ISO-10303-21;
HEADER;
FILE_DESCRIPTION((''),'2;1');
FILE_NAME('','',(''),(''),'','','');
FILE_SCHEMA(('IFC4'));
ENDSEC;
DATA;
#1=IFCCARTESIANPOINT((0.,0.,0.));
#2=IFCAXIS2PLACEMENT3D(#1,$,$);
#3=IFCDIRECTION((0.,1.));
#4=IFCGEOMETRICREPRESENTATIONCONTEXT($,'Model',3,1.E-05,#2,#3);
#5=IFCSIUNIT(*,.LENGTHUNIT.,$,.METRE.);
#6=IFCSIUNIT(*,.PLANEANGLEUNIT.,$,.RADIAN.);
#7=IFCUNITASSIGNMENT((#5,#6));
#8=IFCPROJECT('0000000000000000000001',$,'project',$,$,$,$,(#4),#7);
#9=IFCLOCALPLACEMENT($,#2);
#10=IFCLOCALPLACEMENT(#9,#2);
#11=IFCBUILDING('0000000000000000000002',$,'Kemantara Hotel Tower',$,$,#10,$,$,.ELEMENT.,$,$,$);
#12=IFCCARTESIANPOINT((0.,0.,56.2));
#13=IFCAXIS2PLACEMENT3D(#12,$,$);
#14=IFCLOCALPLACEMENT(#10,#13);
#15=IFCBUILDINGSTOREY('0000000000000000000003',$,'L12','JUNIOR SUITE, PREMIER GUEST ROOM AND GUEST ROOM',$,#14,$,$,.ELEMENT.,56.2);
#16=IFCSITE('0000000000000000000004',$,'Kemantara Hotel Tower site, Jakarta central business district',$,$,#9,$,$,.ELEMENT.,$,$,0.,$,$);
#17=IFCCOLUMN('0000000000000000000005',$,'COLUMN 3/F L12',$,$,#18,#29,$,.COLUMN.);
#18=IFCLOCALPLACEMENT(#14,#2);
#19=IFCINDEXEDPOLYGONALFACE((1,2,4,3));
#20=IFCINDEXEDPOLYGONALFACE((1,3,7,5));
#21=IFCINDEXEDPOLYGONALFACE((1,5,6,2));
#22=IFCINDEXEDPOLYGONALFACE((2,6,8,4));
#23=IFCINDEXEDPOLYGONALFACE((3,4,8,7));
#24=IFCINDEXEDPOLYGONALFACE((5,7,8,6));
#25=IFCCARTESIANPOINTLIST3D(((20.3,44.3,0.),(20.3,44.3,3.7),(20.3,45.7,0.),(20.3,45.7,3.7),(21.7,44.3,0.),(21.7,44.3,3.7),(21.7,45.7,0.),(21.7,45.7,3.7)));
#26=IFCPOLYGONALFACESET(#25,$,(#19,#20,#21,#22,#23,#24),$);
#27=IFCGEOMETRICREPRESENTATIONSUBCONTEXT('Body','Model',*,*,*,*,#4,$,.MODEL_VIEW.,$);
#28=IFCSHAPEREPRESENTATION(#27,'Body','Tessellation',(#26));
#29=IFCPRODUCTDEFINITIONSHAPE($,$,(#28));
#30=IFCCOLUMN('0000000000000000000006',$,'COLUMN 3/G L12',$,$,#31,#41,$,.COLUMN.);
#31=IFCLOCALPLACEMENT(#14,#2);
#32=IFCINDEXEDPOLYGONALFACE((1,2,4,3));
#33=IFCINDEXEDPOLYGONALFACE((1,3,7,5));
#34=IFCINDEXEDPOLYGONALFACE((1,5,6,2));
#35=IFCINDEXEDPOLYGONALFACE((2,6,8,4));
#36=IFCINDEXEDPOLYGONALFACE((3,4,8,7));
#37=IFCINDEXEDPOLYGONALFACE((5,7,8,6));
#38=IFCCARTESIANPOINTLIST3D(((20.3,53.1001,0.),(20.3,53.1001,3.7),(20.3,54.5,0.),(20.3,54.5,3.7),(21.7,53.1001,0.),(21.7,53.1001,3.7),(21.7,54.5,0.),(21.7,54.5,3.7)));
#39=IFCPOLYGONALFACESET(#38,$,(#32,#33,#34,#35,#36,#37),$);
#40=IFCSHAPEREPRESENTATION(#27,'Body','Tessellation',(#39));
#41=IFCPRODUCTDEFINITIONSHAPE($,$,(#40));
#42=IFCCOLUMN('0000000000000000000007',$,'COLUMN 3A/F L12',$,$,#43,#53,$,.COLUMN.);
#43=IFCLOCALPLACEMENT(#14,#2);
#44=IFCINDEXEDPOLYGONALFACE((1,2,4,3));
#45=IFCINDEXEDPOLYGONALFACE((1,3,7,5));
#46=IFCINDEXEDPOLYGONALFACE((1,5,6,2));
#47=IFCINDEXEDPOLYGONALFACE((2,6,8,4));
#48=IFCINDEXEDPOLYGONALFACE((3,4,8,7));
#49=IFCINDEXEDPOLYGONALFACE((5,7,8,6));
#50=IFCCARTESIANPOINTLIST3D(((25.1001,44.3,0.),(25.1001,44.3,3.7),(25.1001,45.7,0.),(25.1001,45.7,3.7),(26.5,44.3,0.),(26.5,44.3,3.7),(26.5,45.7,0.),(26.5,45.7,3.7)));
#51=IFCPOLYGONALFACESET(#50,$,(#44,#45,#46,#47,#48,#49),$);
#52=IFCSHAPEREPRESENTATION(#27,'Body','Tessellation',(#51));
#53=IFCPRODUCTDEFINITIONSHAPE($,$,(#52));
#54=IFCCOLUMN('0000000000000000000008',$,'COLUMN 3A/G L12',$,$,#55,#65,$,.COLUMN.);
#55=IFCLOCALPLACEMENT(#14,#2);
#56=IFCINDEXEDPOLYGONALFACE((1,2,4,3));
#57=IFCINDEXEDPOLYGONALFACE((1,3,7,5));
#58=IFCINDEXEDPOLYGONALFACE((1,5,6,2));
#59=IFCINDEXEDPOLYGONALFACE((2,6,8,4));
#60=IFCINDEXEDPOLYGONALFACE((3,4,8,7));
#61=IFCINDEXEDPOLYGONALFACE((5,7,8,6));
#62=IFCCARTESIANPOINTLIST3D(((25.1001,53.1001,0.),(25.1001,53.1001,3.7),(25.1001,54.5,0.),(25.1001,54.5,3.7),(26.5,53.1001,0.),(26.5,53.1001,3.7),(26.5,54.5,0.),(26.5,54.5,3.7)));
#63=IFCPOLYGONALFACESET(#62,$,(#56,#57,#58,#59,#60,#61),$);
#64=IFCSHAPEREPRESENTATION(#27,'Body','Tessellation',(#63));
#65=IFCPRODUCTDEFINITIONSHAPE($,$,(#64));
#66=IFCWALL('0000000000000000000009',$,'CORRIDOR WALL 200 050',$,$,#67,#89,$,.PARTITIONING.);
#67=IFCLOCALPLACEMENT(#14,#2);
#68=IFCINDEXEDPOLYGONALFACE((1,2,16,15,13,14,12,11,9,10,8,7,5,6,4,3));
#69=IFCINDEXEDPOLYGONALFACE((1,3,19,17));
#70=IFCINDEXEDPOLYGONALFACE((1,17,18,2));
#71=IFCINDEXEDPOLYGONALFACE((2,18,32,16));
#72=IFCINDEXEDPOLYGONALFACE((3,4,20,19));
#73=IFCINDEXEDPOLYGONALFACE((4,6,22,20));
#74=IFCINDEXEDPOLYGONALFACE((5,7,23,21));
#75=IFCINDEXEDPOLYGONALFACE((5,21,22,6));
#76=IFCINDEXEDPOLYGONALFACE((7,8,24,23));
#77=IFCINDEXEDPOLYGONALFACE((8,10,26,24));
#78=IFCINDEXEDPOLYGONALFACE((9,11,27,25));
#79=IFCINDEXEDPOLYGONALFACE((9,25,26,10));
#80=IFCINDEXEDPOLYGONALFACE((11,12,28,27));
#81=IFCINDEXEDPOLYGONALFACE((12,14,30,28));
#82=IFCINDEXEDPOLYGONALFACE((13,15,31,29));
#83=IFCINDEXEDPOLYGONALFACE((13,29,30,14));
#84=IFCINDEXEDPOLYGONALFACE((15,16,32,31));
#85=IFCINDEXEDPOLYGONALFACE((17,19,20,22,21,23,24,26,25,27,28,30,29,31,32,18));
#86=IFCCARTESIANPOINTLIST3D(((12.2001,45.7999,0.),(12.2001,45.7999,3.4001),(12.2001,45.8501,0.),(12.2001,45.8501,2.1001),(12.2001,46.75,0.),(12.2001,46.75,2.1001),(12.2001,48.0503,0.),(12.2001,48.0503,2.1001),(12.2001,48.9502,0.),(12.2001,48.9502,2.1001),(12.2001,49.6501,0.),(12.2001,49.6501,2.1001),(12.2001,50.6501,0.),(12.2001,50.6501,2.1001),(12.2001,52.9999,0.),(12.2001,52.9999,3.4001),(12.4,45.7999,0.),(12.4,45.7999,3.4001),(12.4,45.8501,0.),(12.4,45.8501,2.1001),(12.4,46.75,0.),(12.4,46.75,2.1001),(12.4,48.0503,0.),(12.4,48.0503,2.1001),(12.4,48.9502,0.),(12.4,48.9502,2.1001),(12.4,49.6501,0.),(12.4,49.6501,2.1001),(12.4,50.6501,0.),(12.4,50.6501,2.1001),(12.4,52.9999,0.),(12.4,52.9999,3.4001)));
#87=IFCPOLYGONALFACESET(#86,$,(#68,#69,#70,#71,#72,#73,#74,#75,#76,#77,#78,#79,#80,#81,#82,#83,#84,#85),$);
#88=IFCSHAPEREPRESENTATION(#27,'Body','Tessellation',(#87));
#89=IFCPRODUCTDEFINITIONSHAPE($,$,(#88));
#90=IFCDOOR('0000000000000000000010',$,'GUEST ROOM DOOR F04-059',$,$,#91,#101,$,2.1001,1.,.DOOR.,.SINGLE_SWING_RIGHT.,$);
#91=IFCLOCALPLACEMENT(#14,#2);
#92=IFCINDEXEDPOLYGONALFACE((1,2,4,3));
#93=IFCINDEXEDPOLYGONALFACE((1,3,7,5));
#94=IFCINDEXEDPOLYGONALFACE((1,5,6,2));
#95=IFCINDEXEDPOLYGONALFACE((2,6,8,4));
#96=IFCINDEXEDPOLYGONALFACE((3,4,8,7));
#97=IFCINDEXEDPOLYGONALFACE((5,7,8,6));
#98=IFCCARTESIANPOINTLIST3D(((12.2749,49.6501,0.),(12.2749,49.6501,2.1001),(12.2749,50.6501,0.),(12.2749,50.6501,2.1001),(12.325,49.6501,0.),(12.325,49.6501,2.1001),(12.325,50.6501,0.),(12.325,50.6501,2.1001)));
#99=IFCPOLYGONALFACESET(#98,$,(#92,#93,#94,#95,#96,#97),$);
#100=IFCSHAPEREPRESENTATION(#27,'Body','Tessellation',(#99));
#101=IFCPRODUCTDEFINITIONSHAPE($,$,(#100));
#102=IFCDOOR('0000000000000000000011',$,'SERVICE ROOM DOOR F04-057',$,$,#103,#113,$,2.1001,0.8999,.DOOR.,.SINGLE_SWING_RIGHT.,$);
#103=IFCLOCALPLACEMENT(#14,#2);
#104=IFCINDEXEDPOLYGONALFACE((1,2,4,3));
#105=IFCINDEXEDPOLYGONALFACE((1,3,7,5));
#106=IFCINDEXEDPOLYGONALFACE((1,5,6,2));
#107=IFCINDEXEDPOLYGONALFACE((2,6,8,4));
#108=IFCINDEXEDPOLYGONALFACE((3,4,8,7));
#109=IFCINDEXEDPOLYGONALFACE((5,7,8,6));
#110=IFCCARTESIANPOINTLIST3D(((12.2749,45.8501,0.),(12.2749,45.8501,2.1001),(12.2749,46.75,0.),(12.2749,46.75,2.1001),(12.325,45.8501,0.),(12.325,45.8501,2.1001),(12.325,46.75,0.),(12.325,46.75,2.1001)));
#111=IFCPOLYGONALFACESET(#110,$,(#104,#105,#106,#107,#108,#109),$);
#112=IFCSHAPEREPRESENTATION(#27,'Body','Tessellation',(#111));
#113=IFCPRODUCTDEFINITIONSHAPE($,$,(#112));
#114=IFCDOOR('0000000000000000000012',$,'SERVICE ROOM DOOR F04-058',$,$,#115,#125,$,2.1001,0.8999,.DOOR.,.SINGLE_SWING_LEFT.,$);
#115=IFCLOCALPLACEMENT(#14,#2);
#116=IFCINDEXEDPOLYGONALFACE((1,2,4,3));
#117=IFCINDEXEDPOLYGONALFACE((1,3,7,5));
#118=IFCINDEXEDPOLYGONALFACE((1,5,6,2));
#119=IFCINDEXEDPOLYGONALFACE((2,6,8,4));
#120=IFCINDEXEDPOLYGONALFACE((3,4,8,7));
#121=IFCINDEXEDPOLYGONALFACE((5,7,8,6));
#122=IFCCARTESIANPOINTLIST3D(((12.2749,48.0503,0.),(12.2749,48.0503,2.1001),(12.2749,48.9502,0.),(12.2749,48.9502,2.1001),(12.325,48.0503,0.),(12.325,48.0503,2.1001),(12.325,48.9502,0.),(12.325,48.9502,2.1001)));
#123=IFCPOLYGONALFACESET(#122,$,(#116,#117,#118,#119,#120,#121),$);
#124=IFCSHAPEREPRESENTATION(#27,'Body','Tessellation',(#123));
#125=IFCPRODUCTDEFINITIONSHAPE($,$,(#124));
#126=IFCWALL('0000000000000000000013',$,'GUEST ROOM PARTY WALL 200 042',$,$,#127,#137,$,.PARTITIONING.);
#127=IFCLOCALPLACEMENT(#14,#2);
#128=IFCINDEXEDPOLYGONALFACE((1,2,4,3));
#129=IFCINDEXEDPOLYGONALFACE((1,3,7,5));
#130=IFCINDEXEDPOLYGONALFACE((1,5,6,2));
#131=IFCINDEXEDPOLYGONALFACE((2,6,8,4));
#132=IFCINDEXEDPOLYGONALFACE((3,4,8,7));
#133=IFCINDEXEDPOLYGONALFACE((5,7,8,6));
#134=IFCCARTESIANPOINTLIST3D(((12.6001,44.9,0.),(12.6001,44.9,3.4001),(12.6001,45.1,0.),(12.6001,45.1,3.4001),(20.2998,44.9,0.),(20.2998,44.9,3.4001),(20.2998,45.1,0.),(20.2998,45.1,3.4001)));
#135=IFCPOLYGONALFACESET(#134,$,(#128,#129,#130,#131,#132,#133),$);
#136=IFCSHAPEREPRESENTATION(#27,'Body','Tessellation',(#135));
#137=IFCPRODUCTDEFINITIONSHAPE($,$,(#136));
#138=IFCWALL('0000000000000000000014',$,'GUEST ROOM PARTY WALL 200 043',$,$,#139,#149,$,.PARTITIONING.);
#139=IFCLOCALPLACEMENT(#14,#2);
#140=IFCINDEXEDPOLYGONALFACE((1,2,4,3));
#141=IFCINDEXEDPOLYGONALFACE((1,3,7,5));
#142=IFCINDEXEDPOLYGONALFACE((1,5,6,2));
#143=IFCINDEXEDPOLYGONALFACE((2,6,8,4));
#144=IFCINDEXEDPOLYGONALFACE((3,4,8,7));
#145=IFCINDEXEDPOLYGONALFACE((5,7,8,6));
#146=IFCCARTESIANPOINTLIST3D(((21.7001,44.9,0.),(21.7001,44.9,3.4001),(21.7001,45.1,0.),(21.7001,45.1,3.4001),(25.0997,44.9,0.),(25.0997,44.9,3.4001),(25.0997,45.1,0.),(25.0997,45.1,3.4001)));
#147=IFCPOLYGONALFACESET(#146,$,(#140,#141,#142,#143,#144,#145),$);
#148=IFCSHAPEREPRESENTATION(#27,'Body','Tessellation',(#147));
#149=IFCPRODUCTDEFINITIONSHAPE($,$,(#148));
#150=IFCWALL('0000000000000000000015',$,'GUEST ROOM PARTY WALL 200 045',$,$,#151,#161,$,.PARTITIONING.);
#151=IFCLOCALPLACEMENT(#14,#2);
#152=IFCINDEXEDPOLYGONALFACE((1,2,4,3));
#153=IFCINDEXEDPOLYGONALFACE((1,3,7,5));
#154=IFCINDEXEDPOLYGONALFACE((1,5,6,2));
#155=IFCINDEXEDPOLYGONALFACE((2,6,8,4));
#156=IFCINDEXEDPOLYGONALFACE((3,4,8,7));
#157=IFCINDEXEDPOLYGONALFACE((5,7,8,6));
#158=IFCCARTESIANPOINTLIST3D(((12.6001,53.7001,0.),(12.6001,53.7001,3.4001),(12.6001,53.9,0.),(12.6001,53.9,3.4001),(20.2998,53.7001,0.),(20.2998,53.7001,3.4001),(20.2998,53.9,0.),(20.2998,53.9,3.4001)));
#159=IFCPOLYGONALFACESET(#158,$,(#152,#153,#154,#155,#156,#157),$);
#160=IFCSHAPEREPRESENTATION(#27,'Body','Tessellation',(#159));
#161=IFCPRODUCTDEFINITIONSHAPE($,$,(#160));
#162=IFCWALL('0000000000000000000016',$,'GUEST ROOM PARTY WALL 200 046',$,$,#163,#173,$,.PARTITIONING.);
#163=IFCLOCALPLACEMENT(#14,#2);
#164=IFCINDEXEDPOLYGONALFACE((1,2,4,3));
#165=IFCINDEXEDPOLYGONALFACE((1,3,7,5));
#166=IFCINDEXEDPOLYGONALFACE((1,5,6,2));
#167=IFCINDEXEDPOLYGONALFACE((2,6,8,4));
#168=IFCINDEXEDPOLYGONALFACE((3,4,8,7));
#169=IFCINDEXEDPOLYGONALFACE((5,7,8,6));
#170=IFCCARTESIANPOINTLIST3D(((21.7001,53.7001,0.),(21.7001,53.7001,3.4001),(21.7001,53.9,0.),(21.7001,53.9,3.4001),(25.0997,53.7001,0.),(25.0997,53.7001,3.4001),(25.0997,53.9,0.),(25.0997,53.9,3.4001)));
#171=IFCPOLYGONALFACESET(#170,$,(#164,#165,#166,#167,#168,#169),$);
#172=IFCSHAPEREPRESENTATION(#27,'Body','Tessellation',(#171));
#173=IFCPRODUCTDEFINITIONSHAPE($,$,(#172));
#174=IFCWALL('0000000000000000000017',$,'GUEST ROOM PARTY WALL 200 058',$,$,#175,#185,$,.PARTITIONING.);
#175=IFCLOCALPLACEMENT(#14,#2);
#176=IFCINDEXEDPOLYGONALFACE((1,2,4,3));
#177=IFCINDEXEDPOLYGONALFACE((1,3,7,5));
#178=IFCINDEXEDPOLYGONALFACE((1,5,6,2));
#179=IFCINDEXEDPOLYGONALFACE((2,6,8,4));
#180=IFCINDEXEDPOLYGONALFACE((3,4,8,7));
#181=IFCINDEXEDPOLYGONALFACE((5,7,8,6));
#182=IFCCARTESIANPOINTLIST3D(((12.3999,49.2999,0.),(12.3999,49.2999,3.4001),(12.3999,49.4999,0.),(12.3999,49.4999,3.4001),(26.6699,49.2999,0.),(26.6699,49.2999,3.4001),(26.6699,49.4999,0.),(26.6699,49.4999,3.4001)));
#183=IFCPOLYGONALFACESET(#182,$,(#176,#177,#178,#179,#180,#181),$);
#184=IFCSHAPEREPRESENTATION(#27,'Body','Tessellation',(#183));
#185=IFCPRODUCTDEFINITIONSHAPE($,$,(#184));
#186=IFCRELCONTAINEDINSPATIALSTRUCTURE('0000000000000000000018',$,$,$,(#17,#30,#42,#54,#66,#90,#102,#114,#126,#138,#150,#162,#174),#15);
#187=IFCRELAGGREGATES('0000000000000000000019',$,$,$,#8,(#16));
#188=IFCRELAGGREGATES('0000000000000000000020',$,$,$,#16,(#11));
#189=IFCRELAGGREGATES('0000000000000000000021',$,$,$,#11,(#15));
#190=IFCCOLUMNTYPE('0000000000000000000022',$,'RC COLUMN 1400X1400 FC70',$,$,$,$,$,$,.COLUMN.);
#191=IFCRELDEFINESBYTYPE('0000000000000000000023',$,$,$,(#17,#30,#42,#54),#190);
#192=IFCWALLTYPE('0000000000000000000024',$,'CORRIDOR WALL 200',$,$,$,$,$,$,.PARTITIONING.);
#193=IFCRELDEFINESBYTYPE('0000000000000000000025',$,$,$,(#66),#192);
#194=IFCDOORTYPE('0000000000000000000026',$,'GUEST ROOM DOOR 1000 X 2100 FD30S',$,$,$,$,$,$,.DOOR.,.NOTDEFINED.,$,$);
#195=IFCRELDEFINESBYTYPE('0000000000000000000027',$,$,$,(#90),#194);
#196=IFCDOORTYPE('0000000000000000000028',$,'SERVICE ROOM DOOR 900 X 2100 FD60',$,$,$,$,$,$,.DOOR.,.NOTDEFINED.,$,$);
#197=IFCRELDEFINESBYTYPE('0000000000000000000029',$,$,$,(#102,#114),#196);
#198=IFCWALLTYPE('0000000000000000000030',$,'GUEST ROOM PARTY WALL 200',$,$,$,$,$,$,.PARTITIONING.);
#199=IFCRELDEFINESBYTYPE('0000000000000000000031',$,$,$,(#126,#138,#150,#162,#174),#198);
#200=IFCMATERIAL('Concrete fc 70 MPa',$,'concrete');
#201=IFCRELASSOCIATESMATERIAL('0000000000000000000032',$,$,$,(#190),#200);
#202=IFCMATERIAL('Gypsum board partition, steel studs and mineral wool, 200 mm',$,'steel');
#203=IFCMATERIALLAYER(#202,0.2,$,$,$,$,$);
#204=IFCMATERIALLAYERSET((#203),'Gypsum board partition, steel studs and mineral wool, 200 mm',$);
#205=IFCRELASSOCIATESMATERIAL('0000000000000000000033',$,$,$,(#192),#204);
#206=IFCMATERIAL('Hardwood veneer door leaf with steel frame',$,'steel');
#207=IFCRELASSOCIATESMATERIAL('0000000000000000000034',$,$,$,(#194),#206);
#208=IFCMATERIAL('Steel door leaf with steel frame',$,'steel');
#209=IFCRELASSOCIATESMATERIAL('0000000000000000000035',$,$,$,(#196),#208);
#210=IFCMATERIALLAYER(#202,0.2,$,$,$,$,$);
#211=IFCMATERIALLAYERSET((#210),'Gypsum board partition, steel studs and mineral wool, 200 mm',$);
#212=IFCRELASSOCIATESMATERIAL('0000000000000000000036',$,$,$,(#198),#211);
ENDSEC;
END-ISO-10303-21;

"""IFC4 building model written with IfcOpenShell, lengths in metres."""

from ifc_helpers import new_model, si_unit, direction, frame, frame_2d, origin, origin_2d, place, context, subcontext, project, spatial, rectangle, extrude, material, layer, layer_set, material_profile, profile_set, type_object, element, fill, save


model = new_model("IFC4")

# Units and contexts
model_context = context("Model", 3, precision=1e-05, world=origin(), true_north=direction((0.0, 1.0)))
body_context = subcontext(model_context, "Body", "Model", "MODEL_VIEW")
ifc_project = project(units=[si_unit("LENGTHUNIT", "METRE"), si_unit("PLANEANGLEUNIT", "RADIAN")], contexts=[model_context])

# Site, building, storey
site_placement = place(None, origin())
site = spatial("IfcSite", under=ifc_project, at=site_placement, Name="Kemantara Hotel Tower site, Jakarta central business district", CompositionType="ELEMENT", RefElevation=0.0)
building_placement = place(site_placement, origin())
building = spatial("IfcBuilding", under=site, at=building_placement, Name="Kemantara Hotel Tower", CompositionType="ELEMENT")
storey_placement = place(building_placement, frame((0.0, 0.0, 56.2)))
storey = spatial("IfcBuildingStorey", under=building, at=storey_placement, Name="L12", Description="JUNIOR SUITE, PREMIER GUEST ROOM AND GUEST ROOM", CompositionType="ELEMENT", Elevation=56.2)

# Columns
ifc_material_1 = material(Name="Concrete fc 70 MPa", Category="concrete")
ifc_material_profile = material_profile(ifc_material_1, rectangle(XDim=1.3999, YDim=1.3999, at=origin_2d()), Name="RC 1400X1400")
ifc_profile_set = profile_set([ifc_material_profile], Name="Concrete fc 70 MPa")
column_type = type_object("IfcColumnType", Name="RC COLUMN 1400X1400 FC70", PredefinedType="COLUMN", material=ifc_profile_set)
for number, where, z_axis, x_axis, name in (
    (1, (21.0, 45.0, 0.0), (0.0, 0.0, 1.0), (1.0, 0.0, 0.0), "COLUMN 3/F L12"),
    (2, (21.0, 53.8, 0.0), (0.0, 0.0, 1.0), (1.0, 0.0, 0.0), "COLUMN 3/G L12"),
    (3, (25.8, 45.0, 0.0), (0.0, 0.0, 1.0), (1.0, 0.0, 0.0), "COLUMN 3A/F L12"),
    (4, (25.8, 53.8, 0.0), (0.0, 0.0, 1.0), (1.0, 0.0, 0.0), "COLUMN 3A/G L12"),
):
    element("IfcColumn", number, at=place(storey_placement, frame(where, z_axis=z_axis, x_axis=x_axis)), inside=storey, type_object=column_type, Name=name, PredefinedType="COLUMN", context=body_context, shape_type="SweptSolid", body=[
        extrude(rectangle(XDim=1.3999, YDim=1.3999, at=origin_2d()), origin(), (0.0, 0.0, 1.0), 3.7),
    ])

# Wall, openings, doors
ifc_material_2 = material(Name="Gypsum board partition, steel studs and mineral wool, 200 mm", Category="steel")
ifc_layer_1 = layer(ifc_material_2, 0.2)
ifc_layer_set_1 = layer_set([ifc_layer_1], Name="Gypsum board partition, steel studs and mineral wool, 200 mm")
wall_type_1 = type_object("IfcWallType", Name="CORRIDOR WALL 200", PredefinedType="PARTITIONING", material=ifc_layer_set_1)
wall_1_placement = place(storey_placement, frame((12.3, 53.0, 0.0), z_axis=(0.0, 0.0, 1.0), x_axis=(0.0, -1.0, 0.0)))
wall_1 = element("IfcWall", 5, at=wall_1_placement, inside=storey, type_object=wall_type_1, Name="CORRIDOR WALL 200 050", PredefinedType="PARTITIONING", context=body_context, shape_type="SweptSolid", body=[
    extrude(rectangle(XDim=7.2, YDim=0.2, at=frame_2d((3.6001, 0.0))), origin(), (0.0, 0.0, 1.0), 3.4001),
])
opening_1_placement = place(wall_1_placement, frame((6.25, 0.0, 0.0)))
opening_1 = element("IfcOpeningElement", 6, at=opening_1_placement, cuts=wall_1, PredefinedType="OPENING", context=body_context, shape_type="SweptSolid", body=[
    extrude(rectangle(XDim=0.8999, YDim=2.1001, at=frame_2d((0.45, 1.05))), frame((0.0, 0.1099, 0.0), z_axis=(0.0, -1.0, 0.0), x_axis=(1.0, 0.0, 0.0)), (0.0, 0.0, 1.0), 0.22),
])
opening_2_placement = place(wall_1_placement, frame((4.0498, 0.0, 0.0)))
opening_2 = element("IfcOpeningElement", 7, at=opening_2_placement, cuts=wall_1, PredefinedType="OPENING", context=body_context, shape_type="SweptSolid", body=[
    extrude(rectangle(XDim=0.8999, YDim=2.1001, at=frame_2d((0.45, 1.05))), frame((0.0, 0.1099, 0.0), z_axis=(0.0, -1.0, 0.0), x_axis=(1.0, 0.0, 0.0)), (0.0, 0.0, 1.0), 0.22),
])
opening_3_placement = place(wall_1_placement, frame((2.3499, 0.0, 0.0)))
opening_3 = element("IfcOpeningElement", 8, at=opening_3_placement, cuts=wall_1, PredefinedType="OPENING", context=body_context, shape_type="SweptSolid", body=[
    extrude(rectangle(XDim=1.0, YDim=2.1001, at=frame_2d((0.5, 1.05))), frame((0.0, 0.1099, 0.0), z_axis=(0.0, -1.0, 0.0), x_axis=(1.0, 0.0, 0.0)), (0.0, 0.0, 1.0), 0.22),
])
ifc_material_3 = material(Name="Hardwood veneer door leaf with steel frame", Category="steel")
door_type_1 = type_object("IfcDoorType", Name="GUEST ROOM DOOR 1000 X 2100 FD30S", OperationType="NOTDEFINED", PredefinedType="DOOR", material=ifc_material_3)
door_1_placement = place(opening_3_placement, origin())
door_1 = element("IfcDoor", 9, at=door_1_placement, inside=storey, type_object=door_type_1, Name="GUEST ROOM DOOR F04-059", OperationType="SINGLE_SWING_RIGHT", OverallHeight=2.1001, OverallWidth=1.0, PredefinedType="DOOR", context=body_context, shape_type="SweptSolid", body=[
    extrude(rectangle(XDim=1.0, YDim=2.1001, at=frame_2d((0.5, 1.05))), frame((0.0, 0.0249, 0.0), z_axis=(0.0, -1.0, 0.0), x_axis=(1.0, 0.0, 0.0)), (0.0, 0.0, 1.0), 0.05),
])
fill(opening_3, door_1)
ifc_material_4 = material(Name="Steel door leaf with steel frame", Category="steel")
door_type_2 = type_object("IfcDoorType", Name="SERVICE ROOM DOOR 900 X 2100 FD60", OperationType="NOTDEFINED", PredefinedType="DOOR", material=ifc_material_4)
door_2_placement = place(opening_1_placement, origin())
door_2 = element("IfcDoor", 10, at=door_2_placement, inside=storey, type_object=door_type_2, Name="SERVICE ROOM DOOR F04-057", OperationType="SINGLE_SWING_RIGHT", OverallHeight=2.1001, OverallWidth=0.8999, PredefinedType="DOOR", context=body_context, shape_type="SweptSolid", body=[
    extrude(rectangle(XDim=0.8999, YDim=2.1001, at=frame_2d((0.45, 1.05))), frame((0.0, 0.0249, 0.0), z_axis=(0.0, -1.0, 0.0), x_axis=(1.0, 0.0, 0.0)), (0.0, 0.0, 1.0), 0.05),
])
fill(opening_1, door_2)
door_3_placement = place(opening_2_placement, origin())
door_3 = element("IfcDoor", 11, at=door_3_placement, inside=storey, type_object=door_type_2, Name="SERVICE ROOM DOOR F04-058", OperationType="SINGLE_SWING_LEFT", OverallHeight=2.1001, OverallWidth=0.8999, PredefinedType="DOOR", context=body_context, shape_type="SweptSolid", body=[
    extrude(rectangle(XDim=0.8999, YDim=2.1001, at=frame_2d((0.45, 1.05))), frame((0.0, 0.0249, 0.0), z_axis=(0.0, -1.0, 0.0), x_axis=(1.0, 0.0, 0.0)), (0.0, 0.0, 1.0), 0.05),
])
fill(opening_2, door_3)

# Walls
ifc_layer_2 = layer(ifc_material_2, 0.2)
ifc_layer_set_2 = layer_set([ifc_layer_2], Name="Gypsum board partition, steel studs and mineral wool, 200 mm")
wall_type_2 = type_object("IfcWallType", Name="GUEST ROOM PARTY WALL 200", PredefinedType="PARTITIONING", material=ifc_layer_set_2)
wall_2_placement = place(storey_placement, frame((12.6001, 45.0, 0.0), z_axis=(0.0, 0.0, 1.0), x_axis=(1.0, 0.0, 0.0)))
element("IfcWall", 12, at=wall_2_placement, inside=storey, type_object=wall_type_2, Name="GUEST ROOM PARTY WALL 200 042", PredefinedType="PARTITIONING", context=body_context, shape_type="SweptSolid", body=[
    extrude(rectangle(XDim=7.6997, YDim=0.2, at=frame_2d((3.8499, 0.0))), origin(), (0.0, 0.0, 1.0), 3.4001),
])
wall_3_placement = place(storey_placement, frame((21.7002, 45.0, 0.0), z_axis=(0.0, 0.0, 1.0), x_axis=(1.0, 0.0, 0.0)))
element("IfcWall", 13, at=wall_3_placement, inside=storey, type_object=wall_type_2, Name="GUEST ROOM PARTY WALL 200 043", PredefinedType="PARTITIONING", context=body_context, shape_type="SweptSolid", body=[
    extrude(rectangle(XDim=3.3997, YDim=0.2, at=frame_2d((1.6997, 0.0))), origin(), (0.0, 0.0, 1.0), 3.4001),
])
wall_4_placement = place(storey_placement, frame((12.6001, 53.8, 0.0), z_axis=(0.0, 0.0, 1.0), x_axis=(1.0, 0.0, 0.0)))
element("IfcWall", 14, at=wall_4_placement, inside=storey, type_object=wall_type_2, Name="GUEST ROOM PARTY WALL 200 045", PredefinedType="PARTITIONING", context=body_context, shape_type="SweptSolid", body=[
    extrude(rectangle(XDim=7.6997, YDim=0.2, at=frame_2d((3.8499, 0.0))), origin(), (0.0, 0.0, 1.0), 3.4001),
])
wall_5_placement = place(storey_placement, frame((21.7002, 53.8, 0.0), z_axis=(0.0, 0.0, 1.0), x_axis=(1.0, 0.0, 0.0)))
element("IfcWall", 15, at=wall_5_placement, inside=storey, type_object=wall_type_2, Name="GUEST ROOM PARTY WALL 200 046", PredefinedType="PARTITIONING", context=body_context, shape_type="SweptSolid", body=[
    extrude(rectangle(XDim=3.3997, YDim=0.2, at=frame_2d((1.6997, 0.0))), origin(), (0.0, 0.0, 1.0), 3.4001),
])
wall_6_placement = place(storey_placement, frame((12.3999, 49.3999, 0.0), z_axis=(0.0, 0.0, 1.0), x_axis=(1.0, 0.0, 0.0)))
element("IfcWall", 16, at=wall_6_placement, inside=storey, type_object=wall_type_2, Name="GUEST ROOM PARTY WALL 200 058", PredefinedType="PARTITIONING", context=body_context, shape_type="SweptSolid", body=[
    extrude(rectangle(XDim=14.27, YDim=0.2, at=frame_2d((7.135, 0.0))), origin(), (0.0, 0.0, 1.0), 3.4001),
])

save(model, "model.ifc")
